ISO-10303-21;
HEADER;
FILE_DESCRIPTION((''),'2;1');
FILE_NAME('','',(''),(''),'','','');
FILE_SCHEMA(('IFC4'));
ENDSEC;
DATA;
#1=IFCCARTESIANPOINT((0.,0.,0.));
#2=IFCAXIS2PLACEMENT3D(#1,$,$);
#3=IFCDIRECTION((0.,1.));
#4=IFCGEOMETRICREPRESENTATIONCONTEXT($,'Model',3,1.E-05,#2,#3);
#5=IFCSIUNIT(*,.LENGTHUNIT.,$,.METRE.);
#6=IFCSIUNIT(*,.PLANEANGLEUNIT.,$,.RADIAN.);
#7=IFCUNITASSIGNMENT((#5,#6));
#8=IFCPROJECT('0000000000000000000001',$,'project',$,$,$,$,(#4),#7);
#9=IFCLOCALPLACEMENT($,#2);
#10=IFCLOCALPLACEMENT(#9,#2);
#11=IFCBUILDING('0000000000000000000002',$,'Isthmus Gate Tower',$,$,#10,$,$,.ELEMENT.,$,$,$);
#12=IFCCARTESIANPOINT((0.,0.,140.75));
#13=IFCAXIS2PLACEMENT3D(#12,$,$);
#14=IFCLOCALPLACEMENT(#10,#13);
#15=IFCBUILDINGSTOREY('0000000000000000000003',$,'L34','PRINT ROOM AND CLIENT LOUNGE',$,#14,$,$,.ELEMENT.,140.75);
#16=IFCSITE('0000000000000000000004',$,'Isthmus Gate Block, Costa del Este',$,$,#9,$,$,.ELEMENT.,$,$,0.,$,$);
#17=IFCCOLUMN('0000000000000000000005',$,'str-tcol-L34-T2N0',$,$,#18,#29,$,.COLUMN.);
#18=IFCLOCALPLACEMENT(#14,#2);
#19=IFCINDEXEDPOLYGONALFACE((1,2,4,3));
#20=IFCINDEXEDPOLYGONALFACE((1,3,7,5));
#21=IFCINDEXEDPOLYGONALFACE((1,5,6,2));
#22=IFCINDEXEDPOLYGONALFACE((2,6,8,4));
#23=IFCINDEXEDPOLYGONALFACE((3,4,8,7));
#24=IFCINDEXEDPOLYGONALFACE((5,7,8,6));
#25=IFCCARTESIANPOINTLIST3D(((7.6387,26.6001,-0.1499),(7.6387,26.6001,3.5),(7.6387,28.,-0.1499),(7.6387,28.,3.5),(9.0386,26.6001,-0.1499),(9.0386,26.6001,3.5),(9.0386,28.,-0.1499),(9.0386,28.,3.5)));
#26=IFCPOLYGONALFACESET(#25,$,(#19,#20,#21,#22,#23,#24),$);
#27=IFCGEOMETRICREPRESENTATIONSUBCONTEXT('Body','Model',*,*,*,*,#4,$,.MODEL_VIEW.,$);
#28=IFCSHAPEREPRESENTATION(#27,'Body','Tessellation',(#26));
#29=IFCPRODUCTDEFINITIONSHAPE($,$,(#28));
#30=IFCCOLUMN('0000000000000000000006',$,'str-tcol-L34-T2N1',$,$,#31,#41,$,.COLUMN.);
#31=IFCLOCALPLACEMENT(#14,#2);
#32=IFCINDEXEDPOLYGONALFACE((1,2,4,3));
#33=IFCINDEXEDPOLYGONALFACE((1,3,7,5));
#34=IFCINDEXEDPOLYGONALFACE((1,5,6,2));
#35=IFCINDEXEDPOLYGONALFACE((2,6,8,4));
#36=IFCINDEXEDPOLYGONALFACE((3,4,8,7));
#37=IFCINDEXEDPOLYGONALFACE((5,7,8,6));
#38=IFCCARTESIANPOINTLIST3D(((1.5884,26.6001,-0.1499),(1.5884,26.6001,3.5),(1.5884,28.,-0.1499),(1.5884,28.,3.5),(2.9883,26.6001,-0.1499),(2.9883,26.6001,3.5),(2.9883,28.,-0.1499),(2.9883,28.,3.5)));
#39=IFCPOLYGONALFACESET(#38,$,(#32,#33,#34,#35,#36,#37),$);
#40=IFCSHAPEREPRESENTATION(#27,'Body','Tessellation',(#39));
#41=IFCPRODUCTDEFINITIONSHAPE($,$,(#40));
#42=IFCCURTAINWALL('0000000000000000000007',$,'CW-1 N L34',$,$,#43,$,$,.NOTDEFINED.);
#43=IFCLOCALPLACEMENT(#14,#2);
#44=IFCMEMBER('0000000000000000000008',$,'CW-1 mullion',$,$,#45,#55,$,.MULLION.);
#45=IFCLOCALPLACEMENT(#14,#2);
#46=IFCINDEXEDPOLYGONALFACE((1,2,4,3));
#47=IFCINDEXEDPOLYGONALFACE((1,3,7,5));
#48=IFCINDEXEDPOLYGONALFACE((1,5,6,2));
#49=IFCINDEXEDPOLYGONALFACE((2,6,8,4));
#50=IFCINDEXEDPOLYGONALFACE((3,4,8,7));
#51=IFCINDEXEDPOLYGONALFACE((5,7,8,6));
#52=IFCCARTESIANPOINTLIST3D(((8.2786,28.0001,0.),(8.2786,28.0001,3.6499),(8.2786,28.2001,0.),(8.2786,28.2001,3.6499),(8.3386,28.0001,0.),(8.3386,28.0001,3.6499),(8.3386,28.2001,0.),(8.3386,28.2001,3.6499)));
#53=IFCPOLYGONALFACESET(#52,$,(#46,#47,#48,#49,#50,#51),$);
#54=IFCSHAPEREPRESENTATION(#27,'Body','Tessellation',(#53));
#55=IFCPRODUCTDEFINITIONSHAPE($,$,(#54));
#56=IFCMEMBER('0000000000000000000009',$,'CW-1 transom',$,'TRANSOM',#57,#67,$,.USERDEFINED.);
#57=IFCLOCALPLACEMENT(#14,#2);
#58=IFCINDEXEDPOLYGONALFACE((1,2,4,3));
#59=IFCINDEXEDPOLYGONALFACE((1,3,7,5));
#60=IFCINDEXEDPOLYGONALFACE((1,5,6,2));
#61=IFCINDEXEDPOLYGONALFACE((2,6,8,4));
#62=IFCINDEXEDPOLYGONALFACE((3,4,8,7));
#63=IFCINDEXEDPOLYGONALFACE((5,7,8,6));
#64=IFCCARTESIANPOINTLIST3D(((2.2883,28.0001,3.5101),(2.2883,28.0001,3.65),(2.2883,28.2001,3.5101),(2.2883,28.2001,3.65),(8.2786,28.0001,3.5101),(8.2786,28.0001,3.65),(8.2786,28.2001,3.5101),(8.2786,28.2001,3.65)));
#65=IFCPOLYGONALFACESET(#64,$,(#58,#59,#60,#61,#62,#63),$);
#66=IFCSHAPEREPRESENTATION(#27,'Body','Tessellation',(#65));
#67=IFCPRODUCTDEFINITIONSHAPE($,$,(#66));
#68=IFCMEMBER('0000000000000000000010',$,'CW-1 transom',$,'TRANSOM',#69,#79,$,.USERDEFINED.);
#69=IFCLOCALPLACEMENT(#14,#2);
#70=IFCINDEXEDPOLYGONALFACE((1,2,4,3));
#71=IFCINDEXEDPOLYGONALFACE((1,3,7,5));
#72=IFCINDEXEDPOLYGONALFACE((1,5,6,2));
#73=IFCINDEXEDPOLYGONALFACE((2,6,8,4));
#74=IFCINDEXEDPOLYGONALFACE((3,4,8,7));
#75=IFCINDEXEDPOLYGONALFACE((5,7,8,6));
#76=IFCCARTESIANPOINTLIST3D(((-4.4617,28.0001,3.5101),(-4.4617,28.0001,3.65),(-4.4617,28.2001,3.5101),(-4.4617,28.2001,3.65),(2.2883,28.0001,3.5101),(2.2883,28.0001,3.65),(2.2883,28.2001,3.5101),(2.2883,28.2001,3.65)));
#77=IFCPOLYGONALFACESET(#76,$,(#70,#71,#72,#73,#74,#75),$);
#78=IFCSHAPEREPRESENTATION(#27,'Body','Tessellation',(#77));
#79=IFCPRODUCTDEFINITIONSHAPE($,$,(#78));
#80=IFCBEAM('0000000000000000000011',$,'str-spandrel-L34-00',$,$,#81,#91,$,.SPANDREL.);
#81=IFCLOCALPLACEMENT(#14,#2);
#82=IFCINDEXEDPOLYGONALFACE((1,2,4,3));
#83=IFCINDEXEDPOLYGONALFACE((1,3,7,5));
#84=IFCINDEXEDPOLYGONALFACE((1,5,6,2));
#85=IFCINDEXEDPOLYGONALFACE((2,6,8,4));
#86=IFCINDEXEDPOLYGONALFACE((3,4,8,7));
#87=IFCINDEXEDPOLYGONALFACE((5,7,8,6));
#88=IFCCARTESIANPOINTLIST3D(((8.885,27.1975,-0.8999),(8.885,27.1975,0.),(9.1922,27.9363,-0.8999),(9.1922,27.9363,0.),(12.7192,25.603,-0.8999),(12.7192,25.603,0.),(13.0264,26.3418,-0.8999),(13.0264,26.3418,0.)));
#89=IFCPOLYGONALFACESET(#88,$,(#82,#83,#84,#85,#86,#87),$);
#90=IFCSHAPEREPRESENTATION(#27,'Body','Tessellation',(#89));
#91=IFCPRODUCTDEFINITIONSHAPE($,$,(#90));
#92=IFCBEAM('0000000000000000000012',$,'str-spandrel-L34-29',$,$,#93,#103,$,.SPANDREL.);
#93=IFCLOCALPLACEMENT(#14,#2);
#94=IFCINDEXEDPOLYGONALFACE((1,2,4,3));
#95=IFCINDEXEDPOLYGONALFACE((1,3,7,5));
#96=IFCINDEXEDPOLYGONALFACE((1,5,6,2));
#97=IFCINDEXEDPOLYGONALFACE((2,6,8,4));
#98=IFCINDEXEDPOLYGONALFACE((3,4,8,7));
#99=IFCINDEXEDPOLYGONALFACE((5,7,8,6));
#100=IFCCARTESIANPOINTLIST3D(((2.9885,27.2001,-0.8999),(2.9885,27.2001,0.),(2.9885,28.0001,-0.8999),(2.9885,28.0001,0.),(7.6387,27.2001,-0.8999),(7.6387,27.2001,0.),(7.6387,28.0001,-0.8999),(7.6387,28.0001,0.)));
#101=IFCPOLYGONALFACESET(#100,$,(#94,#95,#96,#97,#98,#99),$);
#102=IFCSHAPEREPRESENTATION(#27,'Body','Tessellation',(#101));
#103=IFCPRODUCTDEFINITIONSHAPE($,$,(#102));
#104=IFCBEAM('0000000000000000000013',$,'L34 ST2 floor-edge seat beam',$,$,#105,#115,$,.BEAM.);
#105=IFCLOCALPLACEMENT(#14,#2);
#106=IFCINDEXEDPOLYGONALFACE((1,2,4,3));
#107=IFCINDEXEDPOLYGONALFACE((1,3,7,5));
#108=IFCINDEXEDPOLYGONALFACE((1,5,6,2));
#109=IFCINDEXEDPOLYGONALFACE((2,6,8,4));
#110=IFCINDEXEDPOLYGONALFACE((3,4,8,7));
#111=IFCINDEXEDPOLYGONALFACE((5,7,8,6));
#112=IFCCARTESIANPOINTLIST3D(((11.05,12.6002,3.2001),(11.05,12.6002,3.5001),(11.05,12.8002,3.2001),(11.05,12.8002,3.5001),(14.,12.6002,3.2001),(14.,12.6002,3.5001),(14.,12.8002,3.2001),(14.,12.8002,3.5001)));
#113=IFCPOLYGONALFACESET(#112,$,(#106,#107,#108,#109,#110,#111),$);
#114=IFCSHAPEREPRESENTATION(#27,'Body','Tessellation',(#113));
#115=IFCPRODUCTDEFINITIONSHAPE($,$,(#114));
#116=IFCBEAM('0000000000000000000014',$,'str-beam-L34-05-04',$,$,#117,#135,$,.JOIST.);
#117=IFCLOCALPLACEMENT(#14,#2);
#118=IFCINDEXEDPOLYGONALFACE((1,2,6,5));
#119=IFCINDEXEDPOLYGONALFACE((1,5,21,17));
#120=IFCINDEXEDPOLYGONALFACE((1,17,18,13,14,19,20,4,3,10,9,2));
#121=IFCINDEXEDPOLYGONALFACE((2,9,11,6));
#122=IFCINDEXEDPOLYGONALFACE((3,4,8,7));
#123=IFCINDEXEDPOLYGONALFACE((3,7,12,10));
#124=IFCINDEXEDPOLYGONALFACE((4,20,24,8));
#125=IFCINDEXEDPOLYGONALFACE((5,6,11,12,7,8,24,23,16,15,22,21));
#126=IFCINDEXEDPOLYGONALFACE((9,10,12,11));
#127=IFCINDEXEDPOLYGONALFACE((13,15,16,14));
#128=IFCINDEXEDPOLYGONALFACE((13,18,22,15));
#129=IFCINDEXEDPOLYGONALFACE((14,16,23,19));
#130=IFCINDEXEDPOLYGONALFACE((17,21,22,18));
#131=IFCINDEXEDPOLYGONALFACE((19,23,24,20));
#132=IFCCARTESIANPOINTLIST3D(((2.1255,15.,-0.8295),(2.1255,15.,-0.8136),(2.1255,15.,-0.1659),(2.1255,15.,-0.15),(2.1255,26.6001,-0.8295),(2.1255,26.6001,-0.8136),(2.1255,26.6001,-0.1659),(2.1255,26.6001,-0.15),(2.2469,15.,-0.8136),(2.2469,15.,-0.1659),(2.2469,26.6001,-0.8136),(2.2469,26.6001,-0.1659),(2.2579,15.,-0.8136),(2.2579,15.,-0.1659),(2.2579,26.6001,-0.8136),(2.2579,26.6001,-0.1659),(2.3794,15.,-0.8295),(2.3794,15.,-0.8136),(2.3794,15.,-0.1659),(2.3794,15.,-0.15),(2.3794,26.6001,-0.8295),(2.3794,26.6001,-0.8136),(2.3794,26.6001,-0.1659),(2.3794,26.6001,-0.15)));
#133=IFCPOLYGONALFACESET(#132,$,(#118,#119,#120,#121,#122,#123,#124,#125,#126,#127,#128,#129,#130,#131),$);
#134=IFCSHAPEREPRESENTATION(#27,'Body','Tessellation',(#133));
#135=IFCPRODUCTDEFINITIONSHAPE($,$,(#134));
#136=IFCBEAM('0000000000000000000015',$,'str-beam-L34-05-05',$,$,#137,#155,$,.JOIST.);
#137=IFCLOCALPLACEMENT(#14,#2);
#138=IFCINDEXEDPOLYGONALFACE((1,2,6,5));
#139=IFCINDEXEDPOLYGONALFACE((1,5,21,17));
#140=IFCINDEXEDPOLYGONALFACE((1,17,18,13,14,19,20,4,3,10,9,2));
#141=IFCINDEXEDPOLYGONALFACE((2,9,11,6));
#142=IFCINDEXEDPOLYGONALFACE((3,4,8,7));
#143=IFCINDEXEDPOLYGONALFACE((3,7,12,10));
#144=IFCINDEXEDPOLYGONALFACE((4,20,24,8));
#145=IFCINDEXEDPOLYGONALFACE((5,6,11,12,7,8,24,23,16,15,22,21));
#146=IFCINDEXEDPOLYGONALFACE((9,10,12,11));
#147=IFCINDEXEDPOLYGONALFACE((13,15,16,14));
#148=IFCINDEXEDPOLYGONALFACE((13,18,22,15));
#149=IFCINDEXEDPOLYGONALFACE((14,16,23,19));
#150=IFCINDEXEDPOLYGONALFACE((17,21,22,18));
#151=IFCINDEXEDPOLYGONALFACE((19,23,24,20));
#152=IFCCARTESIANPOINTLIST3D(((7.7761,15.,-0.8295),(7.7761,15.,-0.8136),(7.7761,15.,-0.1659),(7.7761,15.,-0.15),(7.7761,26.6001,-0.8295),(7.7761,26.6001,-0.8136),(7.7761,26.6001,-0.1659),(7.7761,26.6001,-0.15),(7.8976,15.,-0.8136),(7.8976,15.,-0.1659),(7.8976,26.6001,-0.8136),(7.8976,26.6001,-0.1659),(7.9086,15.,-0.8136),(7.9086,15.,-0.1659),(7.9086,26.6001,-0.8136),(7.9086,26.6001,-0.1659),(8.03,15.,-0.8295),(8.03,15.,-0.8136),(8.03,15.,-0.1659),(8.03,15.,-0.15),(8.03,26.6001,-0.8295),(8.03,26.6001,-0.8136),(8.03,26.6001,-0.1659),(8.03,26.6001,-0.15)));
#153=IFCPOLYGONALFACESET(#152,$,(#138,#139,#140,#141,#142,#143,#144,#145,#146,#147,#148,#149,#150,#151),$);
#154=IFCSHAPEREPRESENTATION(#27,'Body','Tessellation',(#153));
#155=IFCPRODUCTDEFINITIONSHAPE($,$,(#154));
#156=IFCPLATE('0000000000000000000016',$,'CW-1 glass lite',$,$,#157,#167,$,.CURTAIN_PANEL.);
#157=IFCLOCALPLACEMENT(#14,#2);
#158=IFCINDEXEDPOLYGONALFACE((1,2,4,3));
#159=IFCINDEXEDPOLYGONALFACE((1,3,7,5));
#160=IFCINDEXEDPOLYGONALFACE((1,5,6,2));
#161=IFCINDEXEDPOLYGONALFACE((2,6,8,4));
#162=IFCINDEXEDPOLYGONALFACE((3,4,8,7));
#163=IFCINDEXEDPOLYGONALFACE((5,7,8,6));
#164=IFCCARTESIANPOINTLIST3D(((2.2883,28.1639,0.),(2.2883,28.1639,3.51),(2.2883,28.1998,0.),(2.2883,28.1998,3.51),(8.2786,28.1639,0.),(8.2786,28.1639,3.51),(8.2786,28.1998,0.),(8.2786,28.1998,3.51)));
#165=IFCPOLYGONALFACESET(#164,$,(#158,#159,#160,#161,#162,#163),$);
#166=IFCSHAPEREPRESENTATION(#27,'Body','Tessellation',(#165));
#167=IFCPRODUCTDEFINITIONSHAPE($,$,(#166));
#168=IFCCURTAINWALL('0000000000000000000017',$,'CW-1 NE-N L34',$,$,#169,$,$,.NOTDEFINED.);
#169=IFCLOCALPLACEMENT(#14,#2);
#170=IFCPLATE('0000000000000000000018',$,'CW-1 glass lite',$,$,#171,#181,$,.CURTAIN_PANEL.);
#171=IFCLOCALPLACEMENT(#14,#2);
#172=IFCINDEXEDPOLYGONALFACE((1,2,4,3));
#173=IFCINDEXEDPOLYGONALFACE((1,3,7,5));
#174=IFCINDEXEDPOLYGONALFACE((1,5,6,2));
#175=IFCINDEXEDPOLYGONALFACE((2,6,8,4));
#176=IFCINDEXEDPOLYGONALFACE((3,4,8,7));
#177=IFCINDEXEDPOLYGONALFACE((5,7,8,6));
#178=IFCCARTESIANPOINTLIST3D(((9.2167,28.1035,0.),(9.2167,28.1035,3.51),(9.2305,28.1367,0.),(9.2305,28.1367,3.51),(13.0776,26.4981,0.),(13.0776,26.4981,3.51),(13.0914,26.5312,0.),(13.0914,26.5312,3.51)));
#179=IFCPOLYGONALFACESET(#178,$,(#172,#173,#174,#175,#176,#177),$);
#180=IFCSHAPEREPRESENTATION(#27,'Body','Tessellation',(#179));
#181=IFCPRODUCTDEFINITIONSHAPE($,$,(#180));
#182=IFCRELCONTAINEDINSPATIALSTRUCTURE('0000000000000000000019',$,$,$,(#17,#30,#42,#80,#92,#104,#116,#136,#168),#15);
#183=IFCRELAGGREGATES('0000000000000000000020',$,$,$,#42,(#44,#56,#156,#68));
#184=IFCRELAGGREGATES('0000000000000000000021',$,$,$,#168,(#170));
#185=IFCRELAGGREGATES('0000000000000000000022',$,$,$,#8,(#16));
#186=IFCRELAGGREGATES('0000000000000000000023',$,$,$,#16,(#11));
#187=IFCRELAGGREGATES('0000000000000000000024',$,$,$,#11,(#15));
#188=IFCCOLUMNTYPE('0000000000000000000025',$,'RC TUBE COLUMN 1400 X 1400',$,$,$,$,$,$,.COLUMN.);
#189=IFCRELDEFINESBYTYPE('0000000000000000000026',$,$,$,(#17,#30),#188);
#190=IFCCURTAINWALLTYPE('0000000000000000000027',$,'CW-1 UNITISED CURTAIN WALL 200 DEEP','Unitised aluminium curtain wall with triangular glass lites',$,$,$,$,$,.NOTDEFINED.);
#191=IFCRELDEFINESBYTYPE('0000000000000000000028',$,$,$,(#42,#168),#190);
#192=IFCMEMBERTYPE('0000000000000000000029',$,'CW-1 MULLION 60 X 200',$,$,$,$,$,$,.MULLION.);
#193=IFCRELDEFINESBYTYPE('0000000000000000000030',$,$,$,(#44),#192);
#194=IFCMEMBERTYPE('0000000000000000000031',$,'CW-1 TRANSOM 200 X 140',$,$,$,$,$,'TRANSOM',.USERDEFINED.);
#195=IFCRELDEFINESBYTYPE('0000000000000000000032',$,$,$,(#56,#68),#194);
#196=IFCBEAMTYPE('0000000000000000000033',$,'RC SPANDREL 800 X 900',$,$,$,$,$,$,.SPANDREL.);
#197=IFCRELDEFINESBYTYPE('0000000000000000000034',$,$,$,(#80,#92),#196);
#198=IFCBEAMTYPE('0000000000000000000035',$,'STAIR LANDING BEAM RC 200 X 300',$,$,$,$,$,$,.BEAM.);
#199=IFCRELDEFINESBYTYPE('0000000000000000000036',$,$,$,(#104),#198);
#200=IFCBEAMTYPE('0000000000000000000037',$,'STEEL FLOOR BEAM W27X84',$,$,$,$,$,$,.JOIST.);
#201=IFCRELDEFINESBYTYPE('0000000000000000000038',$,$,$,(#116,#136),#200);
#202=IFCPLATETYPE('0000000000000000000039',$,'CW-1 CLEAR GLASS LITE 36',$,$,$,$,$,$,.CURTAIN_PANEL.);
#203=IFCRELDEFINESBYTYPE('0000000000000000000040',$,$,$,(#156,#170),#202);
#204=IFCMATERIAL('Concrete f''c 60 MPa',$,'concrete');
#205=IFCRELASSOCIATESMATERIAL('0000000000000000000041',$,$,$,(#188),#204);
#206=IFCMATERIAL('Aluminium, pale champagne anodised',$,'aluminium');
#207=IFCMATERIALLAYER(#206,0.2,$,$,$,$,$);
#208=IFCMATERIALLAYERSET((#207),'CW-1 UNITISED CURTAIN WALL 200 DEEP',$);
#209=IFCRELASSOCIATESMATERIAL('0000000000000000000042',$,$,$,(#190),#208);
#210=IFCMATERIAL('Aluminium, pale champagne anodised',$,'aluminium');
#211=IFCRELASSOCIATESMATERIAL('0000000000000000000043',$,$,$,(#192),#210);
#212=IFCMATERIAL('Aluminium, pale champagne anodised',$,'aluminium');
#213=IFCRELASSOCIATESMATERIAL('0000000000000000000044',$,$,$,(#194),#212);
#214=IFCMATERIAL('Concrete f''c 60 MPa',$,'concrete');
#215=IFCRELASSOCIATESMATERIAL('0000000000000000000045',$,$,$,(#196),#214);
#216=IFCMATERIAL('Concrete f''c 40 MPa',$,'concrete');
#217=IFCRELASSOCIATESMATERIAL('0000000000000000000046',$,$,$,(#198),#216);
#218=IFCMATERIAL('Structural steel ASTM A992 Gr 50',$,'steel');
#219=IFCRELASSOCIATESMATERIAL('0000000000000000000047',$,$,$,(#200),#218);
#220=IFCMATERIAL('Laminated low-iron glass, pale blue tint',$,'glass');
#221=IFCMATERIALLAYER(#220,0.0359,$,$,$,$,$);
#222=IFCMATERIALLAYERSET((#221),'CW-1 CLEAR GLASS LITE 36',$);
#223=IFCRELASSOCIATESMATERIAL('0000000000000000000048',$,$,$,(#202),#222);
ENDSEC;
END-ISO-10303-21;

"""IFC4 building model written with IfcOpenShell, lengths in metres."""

from ifc_helpers import new_model, si_unit, direction, frame, origin, origin_2d, place, context, subcontext, project, spatial, rectangle, i_section, extrude, material, layer, layer_set, material_profile, profile_set, type_object, element, aggregate, save


model = new_model("IFC4")

# Units and contexts
model_context = context("Model", 3, precision=1e-05, world=origin(), true_north=direction((0.0, 1.0)))
body_context = subcontext(model_context, "Body", "Model", "MODEL_VIEW")
ifc_project = project(units=[si_unit("LENGTHUNIT", "METRE"), si_unit("PLANEANGLEUNIT", "RADIAN")], contexts=[model_context])

# Site, building, storey
site_placement = place(None, origin())
site = spatial("IfcSite", under=ifc_project, at=site_placement, Name="Isthmus Gate Block, Costa del Este", CompositionType="ELEMENT", RefElevation=0.0)
building_placement = place(site_placement, origin())
building = spatial("IfcBuilding", under=site, at=building_placement, Name="Isthmus Gate Tower", CompositionType="ELEMENT")
storey_placement = place(building_placement, frame((0.0, 0.0, 140.75)))
storey = spatial("IfcBuildingStorey", under=building, at=storey_placement, Name="L34", Description="PRINT ROOM AND CLIENT LOUNGE", CompositionType="ELEMENT", Elevation=140.75)

# Columns
ifc_material_1 = material(Name="Concrete f'c 60 MPa", Category="concrete")
ifc_material_profile_1 = material_profile(ifc_material_1, rectangle(XDim=1.3999, YDim=1.3999, at=origin_2d()), Name="RC 1400X1400")
ifc_profile_set_1 = profile_set([ifc_material_profile_1], Name="Concrete f'c 60 MPa")
column_type = type_object("IfcColumnType", Name="RC TUBE COLUMN 1400 X 1400", PredefinedType="COLUMN", material=ifc_profile_set_1)
for number, where, z_axis, x_axis, name in (
    (1, (8.3386, 27.3, -0.1499), (0.0, 0.0, 1.0), (-1.0, 0.0, 0.0), "str-tcol-L34-T2N0"),
    (2, (2.2883, 27.3, -0.1499), (0.0, 0.0, 1.0), (-1.0, 0.0, 0.0), "str-tcol-L34-T2N1"),
):
    element("IfcColumn", number, at=place(storey_placement, frame(where, z_axis=z_axis, x_axis=x_axis)), inside=storey, type_object=column_type, Name=name, PredefinedType="COLUMN", context=body_context, shape_type="SweptSolid", body=[
        extrude(rectangle(XDim=1.3999, YDim=1.3999, at=origin_2d()), origin(), (0.0, 0.0, 1.0), 3.6499),
    ])

# Curtain wall, members
ifc_material_2 = material(Name="Aluminium, pale champagne anodised", Category="aluminium")
ifc_layer_1 = layer(ifc_material_2, 0.2)
ifc_layer_set_1 = layer_set([ifc_layer_1], Name="CW-1 UNITISED CURTAIN WALL 200 DEEP")
curtain_wall_type = type_object("IfcCurtainWallType", Name="CW-1 UNITISED CURTAIN WALL 200 DEEP", Description="Unitised aluminium curtain wall with triangular glass lites", PredefinedType="NOTDEFINED", material=ifc_layer_set_1)
curtain_wall_1_placement = place(storey_placement, origin())
curtain_wall_1 = element("IfcCurtainWall", 3, at=curtain_wall_1_placement, inside=storey, type_object=curtain_wall_type, Name="CW-1 N L34", PredefinedType="NOTDEFINED")
ifc_material_3 = material(Name="Aluminium, pale champagne anodised", Category="aluminium")
ifc_material_profile_2 = material_profile(ifc_material_3, rectangle(XDim=0.0601, YDim=0.2, at=origin_2d()), Name="60x200")
ifc_profile_set_2 = profile_set([ifc_material_profile_2], Name="Aluminium, pale champagne anodised")
member_type_1 = type_object("IfcMemberType", Name="CW-1 MULLION 60 X 200", PredefinedType="MULLION", material=ifc_profile_set_2)
member_1_placement = place(storey_placement, frame((8.3086, 28.1001, 0.0), z_axis=(0.0, 0.0, 1.0), x_axis=(-1.0, 0.0, 0.0)))
member_1 = element("IfcMember", 4, at=member_1_placement, type_object=member_type_1, Name="CW-1 mullion", PredefinedType="MULLION", context=body_context, shape_type="SweptSolid", body=[
    extrude(rectangle(XDim=0.0601, YDim=0.2, at=origin_2d()), origin(), (0.0, 0.0, 1.0), 3.6499),
])
ifc_material_4 = material(Name="Aluminium, pale champagne anodised", Category="aluminium")
ifc_material_profile_3 = material_profile(ifc_material_4, rectangle(XDim=0.2, YDim=0.1399, at=origin_2d()), Name="200x140")
ifc_profile_set_3 = profile_set([ifc_material_profile_3], Name="Aluminium, pale champagne anodised")
member_type_2 = type_object("IfcMemberType", Name="CW-1 TRANSOM 200 X 140", ElementType="TRANSOM", PredefinedType="USERDEFINED", material=ifc_profile_set_3)
member_2_placement = place(storey_placement, frame((8.2786, 28.1001, 3.5801), z_axis=(-1.0, 0.0, 0.0), x_axis=(0.0, -1.0, 0.0)))
member_2 = element("IfcMember", 5, at=member_2_placement, type_object=member_type_2, Name="CW-1 transom", ObjectType="TRANSOM", PredefinedType="USERDEFINED", context=body_context, shape_type="SweptSolid", body=[
    extrude(rectangle(XDim=0.2, YDim=0.1399, at=origin_2d()), origin(), (0.0, 0.0, 1.0), 5.9902),
])
member_3_placement = place(storey_placement, frame((2.2883, 28.1001, 3.5801), z_axis=(-1.0, 0.0, 0.0), x_axis=(0.0, -1.0, 0.0)))
member_3 = element("IfcMember", 6, at=member_3_placement, type_object=member_type_2, Name="CW-1 transom", ObjectType="TRANSOM", PredefinedType="USERDEFINED", context=body_context, shape_type="SweptSolid", body=[
    extrude(rectangle(XDim=0.2, YDim=0.1399, at=origin_2d()), origin(), (0.0, 0.0, 1.0), 6.75),
])

# Beams
ifc_material_5 = material(Name="Concrete f'c 60 MPa", Category="concrete")
ifc_material_profile_4 = material_profile(ifc_material_5, rectangle(XDim=0.8, YDim=0.8999, at=origin_2d()), Name="RC 800X900")
ifc_profile_set_4 = profile_set([ifc_material_profile_4], Name="Concrete f'c 60 MPa")
beam_type_1 = type_object("IfcBeamType", Name="RC SPANDREL 800 X 900", PredefinedType="SPANDREL", material=ifc_profile_set_4)
beam_1_placement = place(storey_placement, frame((9.0386, 27.5669, -0.45), z_axis=(0.923343, -0.383977, 0.0), x_axis=(0.383977, 0.923343, 0.0)))
element("IfcBeam", 7, at=beam_1_placement, inside=storey, type_object=beam_type_1, Name="str-spandrel-L34-00", PredefinedType="SPANDREL", context=body_context, shape_type="SweptSolid", body=[
    extrude(rectangle(XDim=0.8, YDim=0.8999, at=origin_2d()), origin(), (0.0, 0.0, 1.0), 4.1526),
])
beam_2_placement = place(storey_placement, frame((2.9885, 27.6001, -0.45), z_axis=(1.0, 0.0, 0.0), x_axis=(0.0, 1.0, 0.0)))
element("IfcBeam", 8, at=beam_2_placement, inside=storey, type_object=beam_type_1, Name="str-spandrel-L34-29", PredefinedType="SPANDREL", context=body_context, shape_type="SweptSolid", body=[
    extrude(rectangle(XDim=0.8, YDim=0.8999, at=origin_2d()), origin(), (0.0, 0.0, 1.0), 4.6501),
])
ifc_material_6 = material(Name="Concrete f'c 40 MPa", Category="concrete")
ifc_material_profile_5 = material_profile(ifc_material_6, rectangle(XDim=0.2, YDim=0.3, at=origin_2d()), Name="STAIR LANDING BEAM RC 200 X 300")
ifc_profile_set_5 = profile_set([ifc_material_profile_5], Name="Concrete f'c 40 MPa")
beam_type_2 = type_object("IfcBeamType", Name="STAIR LANDING BEAM RC 200 X 300", PredefinedType="BEAM", material=ifc_profile_set_5)
beam_3_placement = place(storey_placement, frame((11.05, 12.7002, 3.3501), z_axis=(1.0, 0.0, 0.0), x_axis=(0.0, 1.0, 0.0)))
element("IfcBeam", 9, at=beam_3_placement, inside=storey, type_object=beam_type_2, Name="L34 ST2 floor-edge seat beam", PredefinedType="BEAM", context=body_context, shape_type="SweptSolid", body=[
    extrude(rectangle(XDim=0.2, YDim=0.3, at=origin_2d()), origin(), (0.0, 0.0, 1.0), 2.95),
])
ifc_material_7 = material(Name="Structural steel ASTM A992 Gr 50", Category="steel")
ifc_material_profile_6 = material_profile(ifc_material_7, i_section(OverallWidth=0.2539, OverallDepth=0.6794, WebThickness=0.011, FlangeThickness=0.0159, at=origin_2d()), Name="W27X84")
ifc_profile_set_6 = profile_set([ifc_material_profile_6], Name="Structural steel ASTM A992 Gr 50")
beam_type_3 = type_object("IfcBeamType", Name="STEEL FLOOR BEAM W27X84", PredefinedType="JOIST", material=ifc_profile_set_6)
for number, where, z_axis, x_axis, name in (
    (10, (2.2524, 15.0, -0.4897), (0.0, 1.0, 0.0), (-1.0, 0.0, 0.0), "str-beam-L34-05-04"),
    (11, (7.9031, 15.0, -0.4897), (0.0, 1.0, 0.0), (-1.0, 0.0, 0.0), "str-beam-L34-05-05"),
):
    element("IfcBeam", number, at=place(storey_placement, frame(where, z_axis=z_axis, x_axis=x_axis)), inside=storey, type_object=beam_type_3, Name=name, PredefinedType="JOIST", context=body_context, shape_type="SweptSolid", body=[
        extrude(i_section(OverallWidth=0.2539, OverallDepth=0.6794, WebThickness=0.011, FlangeThickness=0.0159, at=origin_2d()), origin(), (0.0, 0.0, 1.0), 11.6001),
    ])

# Plate
ifc_material_8 = material(Name="Laminated low-iron glass, pale blue tint", Category="glass")
ifc_layer_2 = layer(ifc_material_8, 0.0359)
ifc_layer_set_2 = layer_set([ifc_layer_2], Name="CW-1 CLEAR GLASS LITE 36")
plate_type = type_object("IfcPlateType", Name="CW-1 CLEAR GLASS LITE 36", PredefinedType="CURTAIN_PANEL", material=ifc_layer_set_2)
plate_1_placement = place(storey_placement, frame((5.2834, 28.1819, 0.0), z_axis=(0.0, 0.0, 1.0), x_axis=(-1.0, 0.0, 0.0)))
plate_1 = element("IfcPlate", 12, at=plate_1_placement, type_object=plate_type, Name="CW-1 glass lite", PredefinedType="CURTAIN_PANEL", context=body_context, shape_type="SweptSolid", body=[
    extrude(rectangle(XDim=5.9902, YDim=0.0359, at=origin_2d()), origin(), (0.0, 0.0, 1.0), 3.51),
])
aggregate(curtain_wall_1, [member_1, member_2, plate_1, member_3])

# Curtain wall, plate
curtain_wall_2_placement = place(storey_placement, origin())
curtain_wall_2 = element("IfcCurtainWall", 13, at=curtain_wall_2_placement, inside=storey, type_object=curtain_wall_type, Name="CW-1 NE-N L34", PredefinedType="NOTDEFINED")
plate_2_placement = place(storey_placement, frame((11.1541, 27.3174, 0.0), z_axis=(0.0, 0.0, 1.0), x_axis=(-0.923353, 0.383952, 0.0)))
plate_2 = element("IfcPlate", 14, at=plate_2_placement, type_object=plate_type, Name="CW-1 glass lite", PredefinedType="CURTAIN_PANEL", context=body_context, shape_type="SweptSolid", body=[
    extrude(rectangle(XDim=4.1814, YDim=0.0359, at=origin_2d()), origin(), (0.0, 0.0, 1.0), 3.51),
])
aggregate(curtain_wall_2, [plate_2])

save(model, "model.ifc")
